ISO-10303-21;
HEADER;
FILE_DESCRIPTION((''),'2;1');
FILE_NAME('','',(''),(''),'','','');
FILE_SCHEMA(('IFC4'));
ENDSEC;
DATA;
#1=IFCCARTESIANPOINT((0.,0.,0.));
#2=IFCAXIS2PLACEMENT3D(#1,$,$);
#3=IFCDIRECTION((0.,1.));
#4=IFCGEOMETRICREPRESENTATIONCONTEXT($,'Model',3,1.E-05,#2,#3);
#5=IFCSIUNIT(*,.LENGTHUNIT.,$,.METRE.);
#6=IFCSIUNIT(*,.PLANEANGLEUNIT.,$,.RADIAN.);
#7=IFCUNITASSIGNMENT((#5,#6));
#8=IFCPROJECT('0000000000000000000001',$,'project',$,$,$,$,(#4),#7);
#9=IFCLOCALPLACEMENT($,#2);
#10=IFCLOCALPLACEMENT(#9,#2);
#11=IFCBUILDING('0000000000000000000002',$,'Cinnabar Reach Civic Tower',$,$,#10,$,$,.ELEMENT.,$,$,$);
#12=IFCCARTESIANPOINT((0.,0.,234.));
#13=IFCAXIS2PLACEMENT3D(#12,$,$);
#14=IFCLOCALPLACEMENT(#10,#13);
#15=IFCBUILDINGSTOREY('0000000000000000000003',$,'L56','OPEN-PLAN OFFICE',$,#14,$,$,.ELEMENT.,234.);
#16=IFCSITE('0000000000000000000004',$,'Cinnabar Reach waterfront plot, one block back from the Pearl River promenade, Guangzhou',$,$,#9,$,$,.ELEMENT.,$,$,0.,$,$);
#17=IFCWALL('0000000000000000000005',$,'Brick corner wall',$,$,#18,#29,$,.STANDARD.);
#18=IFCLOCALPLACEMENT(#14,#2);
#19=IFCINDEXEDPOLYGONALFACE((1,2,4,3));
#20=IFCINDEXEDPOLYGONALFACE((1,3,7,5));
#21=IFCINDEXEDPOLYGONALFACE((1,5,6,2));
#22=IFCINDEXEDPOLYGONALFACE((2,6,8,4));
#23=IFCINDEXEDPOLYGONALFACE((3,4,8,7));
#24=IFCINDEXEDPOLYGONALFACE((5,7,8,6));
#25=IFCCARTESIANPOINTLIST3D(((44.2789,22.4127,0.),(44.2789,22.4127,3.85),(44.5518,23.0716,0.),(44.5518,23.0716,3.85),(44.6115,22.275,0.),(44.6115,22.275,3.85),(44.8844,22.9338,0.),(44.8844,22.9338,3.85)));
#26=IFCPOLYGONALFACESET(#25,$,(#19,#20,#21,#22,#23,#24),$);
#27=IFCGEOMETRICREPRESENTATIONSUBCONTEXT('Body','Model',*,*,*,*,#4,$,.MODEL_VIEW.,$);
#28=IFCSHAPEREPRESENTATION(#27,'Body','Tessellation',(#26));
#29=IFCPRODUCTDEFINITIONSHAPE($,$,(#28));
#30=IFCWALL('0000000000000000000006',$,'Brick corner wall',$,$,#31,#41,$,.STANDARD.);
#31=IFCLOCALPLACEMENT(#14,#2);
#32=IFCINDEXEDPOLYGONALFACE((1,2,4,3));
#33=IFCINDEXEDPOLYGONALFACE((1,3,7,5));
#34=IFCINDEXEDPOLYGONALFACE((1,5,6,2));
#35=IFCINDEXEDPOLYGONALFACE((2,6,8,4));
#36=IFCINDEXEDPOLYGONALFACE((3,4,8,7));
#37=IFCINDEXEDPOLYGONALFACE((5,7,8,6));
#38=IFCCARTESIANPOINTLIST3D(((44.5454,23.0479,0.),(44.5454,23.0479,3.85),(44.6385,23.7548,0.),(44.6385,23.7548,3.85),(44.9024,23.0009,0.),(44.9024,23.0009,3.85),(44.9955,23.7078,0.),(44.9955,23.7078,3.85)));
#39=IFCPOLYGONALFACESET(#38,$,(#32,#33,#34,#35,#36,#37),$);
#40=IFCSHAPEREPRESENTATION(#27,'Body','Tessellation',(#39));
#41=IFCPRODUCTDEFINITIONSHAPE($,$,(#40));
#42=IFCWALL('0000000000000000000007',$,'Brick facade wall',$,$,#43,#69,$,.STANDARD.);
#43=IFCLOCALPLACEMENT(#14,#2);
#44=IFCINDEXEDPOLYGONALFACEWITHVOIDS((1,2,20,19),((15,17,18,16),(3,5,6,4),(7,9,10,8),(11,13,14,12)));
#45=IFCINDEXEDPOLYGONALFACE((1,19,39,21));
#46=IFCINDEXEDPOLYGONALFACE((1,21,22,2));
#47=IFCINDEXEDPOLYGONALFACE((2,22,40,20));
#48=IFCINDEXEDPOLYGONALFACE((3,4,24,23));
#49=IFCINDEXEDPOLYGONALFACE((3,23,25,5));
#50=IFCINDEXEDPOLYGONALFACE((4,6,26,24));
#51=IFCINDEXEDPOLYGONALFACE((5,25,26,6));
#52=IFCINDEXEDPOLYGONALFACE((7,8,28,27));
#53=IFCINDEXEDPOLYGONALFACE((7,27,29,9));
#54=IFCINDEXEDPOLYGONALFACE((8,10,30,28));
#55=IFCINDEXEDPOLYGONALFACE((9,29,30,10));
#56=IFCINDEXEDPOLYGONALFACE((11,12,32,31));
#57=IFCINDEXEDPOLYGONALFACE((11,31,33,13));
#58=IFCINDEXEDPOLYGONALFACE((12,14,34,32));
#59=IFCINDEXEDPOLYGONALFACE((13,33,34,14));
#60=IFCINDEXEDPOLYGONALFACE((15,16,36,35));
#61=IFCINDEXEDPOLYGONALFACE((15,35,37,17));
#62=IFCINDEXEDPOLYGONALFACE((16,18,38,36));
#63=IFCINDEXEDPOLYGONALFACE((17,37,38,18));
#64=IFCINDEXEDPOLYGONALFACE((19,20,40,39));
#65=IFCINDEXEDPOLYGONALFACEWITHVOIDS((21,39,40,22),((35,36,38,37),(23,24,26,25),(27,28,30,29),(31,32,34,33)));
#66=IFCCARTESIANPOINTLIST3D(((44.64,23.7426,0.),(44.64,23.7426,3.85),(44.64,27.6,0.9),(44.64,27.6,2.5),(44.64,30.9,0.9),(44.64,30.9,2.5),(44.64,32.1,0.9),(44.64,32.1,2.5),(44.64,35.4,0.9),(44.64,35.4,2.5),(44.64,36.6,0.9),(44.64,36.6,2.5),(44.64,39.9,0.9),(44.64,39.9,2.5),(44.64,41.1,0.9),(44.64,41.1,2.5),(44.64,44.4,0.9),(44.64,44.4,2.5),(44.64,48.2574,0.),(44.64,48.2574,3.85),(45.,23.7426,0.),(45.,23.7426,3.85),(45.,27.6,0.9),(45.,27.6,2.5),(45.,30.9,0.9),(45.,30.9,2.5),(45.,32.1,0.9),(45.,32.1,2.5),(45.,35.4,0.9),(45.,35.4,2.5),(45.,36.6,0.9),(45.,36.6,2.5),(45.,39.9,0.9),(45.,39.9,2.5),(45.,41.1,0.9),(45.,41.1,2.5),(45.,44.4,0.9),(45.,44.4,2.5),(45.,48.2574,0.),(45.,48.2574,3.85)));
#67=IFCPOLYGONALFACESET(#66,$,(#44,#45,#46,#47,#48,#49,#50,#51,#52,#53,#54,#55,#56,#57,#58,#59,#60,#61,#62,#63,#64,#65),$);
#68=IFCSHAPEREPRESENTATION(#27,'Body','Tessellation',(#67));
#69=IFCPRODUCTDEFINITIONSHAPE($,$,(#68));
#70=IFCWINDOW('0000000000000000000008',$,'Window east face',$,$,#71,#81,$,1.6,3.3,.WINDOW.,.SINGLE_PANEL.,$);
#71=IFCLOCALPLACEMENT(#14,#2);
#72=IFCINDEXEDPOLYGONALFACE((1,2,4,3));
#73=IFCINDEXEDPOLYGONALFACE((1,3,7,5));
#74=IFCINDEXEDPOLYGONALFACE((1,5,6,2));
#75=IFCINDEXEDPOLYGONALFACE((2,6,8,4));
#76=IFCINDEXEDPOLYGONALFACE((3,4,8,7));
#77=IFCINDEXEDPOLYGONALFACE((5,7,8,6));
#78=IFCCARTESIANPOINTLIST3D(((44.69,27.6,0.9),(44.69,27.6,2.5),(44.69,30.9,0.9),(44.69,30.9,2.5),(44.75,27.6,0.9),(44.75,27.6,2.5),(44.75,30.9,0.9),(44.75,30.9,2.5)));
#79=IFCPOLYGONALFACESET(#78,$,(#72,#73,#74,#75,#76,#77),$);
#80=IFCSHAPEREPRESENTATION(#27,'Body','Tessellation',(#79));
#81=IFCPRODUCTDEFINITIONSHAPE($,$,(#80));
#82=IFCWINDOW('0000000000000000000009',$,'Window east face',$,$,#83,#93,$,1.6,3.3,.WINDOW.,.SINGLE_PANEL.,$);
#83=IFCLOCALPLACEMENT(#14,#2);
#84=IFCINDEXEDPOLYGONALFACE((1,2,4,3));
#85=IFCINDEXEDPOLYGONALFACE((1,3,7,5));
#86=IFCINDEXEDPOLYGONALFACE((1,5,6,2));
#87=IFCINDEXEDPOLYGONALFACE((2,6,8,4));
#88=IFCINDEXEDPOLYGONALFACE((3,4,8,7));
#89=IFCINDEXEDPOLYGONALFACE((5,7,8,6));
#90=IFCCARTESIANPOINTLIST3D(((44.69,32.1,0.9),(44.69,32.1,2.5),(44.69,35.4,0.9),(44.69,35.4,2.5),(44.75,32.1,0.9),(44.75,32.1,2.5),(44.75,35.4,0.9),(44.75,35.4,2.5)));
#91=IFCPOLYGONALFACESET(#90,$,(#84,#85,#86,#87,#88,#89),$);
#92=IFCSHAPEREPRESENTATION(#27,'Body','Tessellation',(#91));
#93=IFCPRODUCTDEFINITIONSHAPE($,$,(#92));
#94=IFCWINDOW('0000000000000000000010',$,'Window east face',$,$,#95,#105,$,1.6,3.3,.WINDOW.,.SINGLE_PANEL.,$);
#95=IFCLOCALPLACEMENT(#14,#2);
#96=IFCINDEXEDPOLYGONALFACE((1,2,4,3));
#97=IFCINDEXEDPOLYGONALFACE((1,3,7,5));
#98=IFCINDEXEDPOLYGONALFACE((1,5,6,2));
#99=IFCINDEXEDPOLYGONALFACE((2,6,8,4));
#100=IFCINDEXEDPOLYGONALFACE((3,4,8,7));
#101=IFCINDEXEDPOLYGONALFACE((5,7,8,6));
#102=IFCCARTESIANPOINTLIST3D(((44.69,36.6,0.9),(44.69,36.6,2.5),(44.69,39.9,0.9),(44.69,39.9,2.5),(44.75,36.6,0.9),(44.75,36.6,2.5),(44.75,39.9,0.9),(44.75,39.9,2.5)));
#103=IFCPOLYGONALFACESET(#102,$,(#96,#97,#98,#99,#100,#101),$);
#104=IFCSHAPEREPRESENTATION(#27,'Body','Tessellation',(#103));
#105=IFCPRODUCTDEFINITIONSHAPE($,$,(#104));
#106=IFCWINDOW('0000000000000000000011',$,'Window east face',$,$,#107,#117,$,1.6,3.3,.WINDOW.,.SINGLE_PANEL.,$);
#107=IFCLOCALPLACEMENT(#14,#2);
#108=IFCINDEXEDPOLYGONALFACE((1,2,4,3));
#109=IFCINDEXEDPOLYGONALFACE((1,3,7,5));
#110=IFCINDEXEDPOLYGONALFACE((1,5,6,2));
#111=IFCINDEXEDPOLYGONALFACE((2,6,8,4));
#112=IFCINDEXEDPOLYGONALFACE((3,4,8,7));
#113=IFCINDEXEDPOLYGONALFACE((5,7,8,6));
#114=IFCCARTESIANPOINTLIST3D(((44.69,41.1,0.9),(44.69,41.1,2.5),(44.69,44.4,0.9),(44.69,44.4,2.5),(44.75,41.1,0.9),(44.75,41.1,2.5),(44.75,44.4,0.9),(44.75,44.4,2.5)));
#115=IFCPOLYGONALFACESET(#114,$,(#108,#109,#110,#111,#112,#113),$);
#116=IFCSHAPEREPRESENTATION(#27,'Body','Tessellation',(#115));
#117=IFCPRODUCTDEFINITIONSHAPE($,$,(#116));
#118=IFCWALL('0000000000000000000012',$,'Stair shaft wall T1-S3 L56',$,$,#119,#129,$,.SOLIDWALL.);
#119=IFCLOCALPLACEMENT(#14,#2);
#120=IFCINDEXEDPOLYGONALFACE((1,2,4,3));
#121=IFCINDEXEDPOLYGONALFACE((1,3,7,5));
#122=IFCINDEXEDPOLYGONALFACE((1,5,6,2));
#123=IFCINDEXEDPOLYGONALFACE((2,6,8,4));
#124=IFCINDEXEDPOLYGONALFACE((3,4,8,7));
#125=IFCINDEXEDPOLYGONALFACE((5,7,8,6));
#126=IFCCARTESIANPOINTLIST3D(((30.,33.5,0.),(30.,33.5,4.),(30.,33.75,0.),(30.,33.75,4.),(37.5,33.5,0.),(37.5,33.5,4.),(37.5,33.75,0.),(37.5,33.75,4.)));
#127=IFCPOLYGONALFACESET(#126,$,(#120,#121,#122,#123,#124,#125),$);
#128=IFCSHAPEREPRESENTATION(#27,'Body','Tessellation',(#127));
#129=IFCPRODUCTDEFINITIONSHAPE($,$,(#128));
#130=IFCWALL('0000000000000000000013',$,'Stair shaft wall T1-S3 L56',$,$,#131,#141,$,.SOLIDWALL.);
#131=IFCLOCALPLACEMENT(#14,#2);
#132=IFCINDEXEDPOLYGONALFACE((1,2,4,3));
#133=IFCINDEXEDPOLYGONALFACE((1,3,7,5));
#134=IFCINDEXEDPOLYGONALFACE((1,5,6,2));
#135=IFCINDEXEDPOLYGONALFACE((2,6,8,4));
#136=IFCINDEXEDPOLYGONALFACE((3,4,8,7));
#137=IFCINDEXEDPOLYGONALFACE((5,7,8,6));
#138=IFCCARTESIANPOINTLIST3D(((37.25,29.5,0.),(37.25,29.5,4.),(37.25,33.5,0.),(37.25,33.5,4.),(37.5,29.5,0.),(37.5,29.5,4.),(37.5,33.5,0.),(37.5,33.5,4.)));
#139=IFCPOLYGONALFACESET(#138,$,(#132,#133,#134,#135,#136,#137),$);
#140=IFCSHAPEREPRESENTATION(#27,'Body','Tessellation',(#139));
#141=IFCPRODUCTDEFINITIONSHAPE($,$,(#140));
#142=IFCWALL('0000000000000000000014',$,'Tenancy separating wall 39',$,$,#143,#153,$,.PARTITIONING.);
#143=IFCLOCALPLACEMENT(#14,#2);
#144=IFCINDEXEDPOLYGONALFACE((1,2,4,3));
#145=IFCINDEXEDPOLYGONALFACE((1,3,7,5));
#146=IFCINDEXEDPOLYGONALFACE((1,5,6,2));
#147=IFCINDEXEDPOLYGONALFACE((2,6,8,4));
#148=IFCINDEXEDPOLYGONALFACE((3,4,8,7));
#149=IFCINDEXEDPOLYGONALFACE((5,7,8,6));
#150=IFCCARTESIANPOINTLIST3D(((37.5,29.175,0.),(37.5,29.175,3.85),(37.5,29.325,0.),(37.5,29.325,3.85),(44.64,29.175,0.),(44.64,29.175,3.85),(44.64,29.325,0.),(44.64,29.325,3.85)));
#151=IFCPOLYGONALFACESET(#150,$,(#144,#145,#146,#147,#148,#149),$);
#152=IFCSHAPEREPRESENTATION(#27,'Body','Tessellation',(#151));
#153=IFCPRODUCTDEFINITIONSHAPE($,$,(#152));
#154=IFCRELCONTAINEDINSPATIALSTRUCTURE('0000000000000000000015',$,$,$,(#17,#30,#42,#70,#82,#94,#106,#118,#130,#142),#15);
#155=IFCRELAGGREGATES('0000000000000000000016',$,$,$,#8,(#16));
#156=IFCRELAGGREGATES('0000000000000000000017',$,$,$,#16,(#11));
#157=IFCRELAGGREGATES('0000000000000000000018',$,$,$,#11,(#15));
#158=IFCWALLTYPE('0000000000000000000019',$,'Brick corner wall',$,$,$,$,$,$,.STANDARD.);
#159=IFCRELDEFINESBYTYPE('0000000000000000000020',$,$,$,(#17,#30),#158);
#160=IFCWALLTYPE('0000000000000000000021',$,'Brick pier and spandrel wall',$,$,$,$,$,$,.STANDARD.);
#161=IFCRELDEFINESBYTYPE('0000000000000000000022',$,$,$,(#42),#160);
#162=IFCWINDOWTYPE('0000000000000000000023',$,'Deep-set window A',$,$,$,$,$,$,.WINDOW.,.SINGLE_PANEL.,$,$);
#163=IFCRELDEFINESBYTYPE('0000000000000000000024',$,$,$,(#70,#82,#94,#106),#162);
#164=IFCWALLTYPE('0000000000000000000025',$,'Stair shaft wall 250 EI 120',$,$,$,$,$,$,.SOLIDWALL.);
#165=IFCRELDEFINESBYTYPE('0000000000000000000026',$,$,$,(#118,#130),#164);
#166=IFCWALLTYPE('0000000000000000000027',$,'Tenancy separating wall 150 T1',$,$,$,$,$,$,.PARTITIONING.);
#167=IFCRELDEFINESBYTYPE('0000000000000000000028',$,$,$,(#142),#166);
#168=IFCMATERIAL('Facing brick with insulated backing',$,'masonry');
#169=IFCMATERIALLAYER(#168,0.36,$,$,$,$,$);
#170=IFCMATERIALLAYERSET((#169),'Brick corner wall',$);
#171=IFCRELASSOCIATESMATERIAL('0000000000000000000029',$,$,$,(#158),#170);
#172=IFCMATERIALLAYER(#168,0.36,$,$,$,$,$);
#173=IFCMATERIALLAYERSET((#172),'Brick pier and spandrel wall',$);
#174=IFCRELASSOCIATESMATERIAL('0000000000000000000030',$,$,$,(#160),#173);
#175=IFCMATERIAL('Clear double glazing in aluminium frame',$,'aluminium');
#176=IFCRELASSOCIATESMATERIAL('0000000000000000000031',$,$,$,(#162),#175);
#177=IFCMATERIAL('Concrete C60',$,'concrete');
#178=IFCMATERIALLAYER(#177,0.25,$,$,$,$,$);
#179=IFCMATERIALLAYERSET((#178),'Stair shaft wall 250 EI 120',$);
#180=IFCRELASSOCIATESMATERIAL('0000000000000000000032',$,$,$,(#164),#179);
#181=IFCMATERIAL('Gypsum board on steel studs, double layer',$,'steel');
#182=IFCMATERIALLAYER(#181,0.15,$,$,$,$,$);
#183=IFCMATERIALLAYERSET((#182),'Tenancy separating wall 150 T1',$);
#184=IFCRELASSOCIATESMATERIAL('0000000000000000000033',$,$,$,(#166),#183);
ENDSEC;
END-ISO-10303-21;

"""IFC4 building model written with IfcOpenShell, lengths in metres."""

from ifc_helpers import new_model, si_unit, direction, frame, frame_2d, origin, place, context, subcontext, project, spatial, rectangle, extrude, material, layer, layer_set, type_object, element, fill, save


model = new_model("IFC4")

# Units and contexts
model_context = context("Model", 3, precision=1e-05, world=origin(), true_north=direction((0.0, 1.0)))
body_context = subcontext(model_context, "Body", "Model", "MODEL_VIEW")
ifc_project = project(units=[si_unit("LENGTHUNIT", "METRE"), si_unit("PLANEANGLEUNIT", "RADIAN")], contexts=[model_context])

# Site, building, storey
site_placement = place(None, origin())
site = spatial("IfcSite", under=ifc_project, at=site_placement, Name="Cinnabar Reach waterfront plot, one block back from the Pearl River promenade, Guangzhou", CompositionType="ELEMENT", RefElevation=0.0)
building_placement = place(site_placement, origin())
building = spatial("IfcBuilding", under=site, at=building_placement, Name="Cinnabar Reach Civic Tower", CompositionType="ELEMENT")
storey_placement = place(building_placement, frame((0.0, 0.0, 234.0)))
storey = spatial("IfcBuildingStorey", under=building, at=storey_placement, Name="L56", Description="OPEN-PLAN OFFICE", CompositionType="ELEMENT", Elevation=234.0)

# Shared definitions
ifc_material_1 = material(Name="Concrete C60", Category="concrete")

# Walls
ifc_material_2 = material(Name="Facing brick with insulated backing", Category="masonry")
ifc_layer_1 = layer(ifc_material_2, 0.36)
ifc_layer_set_1 = layer_set([ifc_layer_1], Name="Brick corner wall")
wall_type_1 = type_object("IfcWallType", Name="Brick corner wall", PredefinedType="STANDARD", material=ifc_layer_set_1)
for number, where, z_axis, x_axis, name in (
    (1, (44.4452, 22.3439, 0.0), (0.0, 0.0, 1.0), (0.382703, 0.923872, 0.0), "Brick corner wall"),
    (2, (44.7239, 23.0244, 0.0), (0.0, 0.0, 1.0), (0.130556, 0.991441, 0.0), "Brick corner wall"),
):
    element("IfcWall", number, at=place(storey_placement, frame(where, z_axis=z_axis, x_axis=x_axis)), inside=storey, type_object=wall_type_1, Name=name, PredefinedType="STANDARD", context=body_context, shape_type="SweptSolid", body=[
        extrude(rectangle(XDim=0.7131, YDim=0.36, at=frame_2d((0.3565, 0.0))), origin(), (0.0, 0.0, 1.0), 3.85),
    ])

# Wall, openings, windows
ifc_layer_2 = layer(ifc_material_2, 0.36)
ifc_layer_set_2 = layer_set([ifc_layer_2], Name="Brick pier and spandrel wall")
wall_type_2 = type_object("IfcWallType", Name="Brick pier and spandrel wall", PredefinedType="STANDARD", material=ifc_layer_set_2)
wall_1_placement = place(storey_placement, frame((44.82, 23.7426, 0.0), z_axis=(0.0, 0.0, 1.0), x_axis=(0.0, 1.0, 0.0)))
wall_1 = element("IfcWall", 3, at=wall_1_placement, inside=storey, type_object=wall_type_2, Name="Brick facade wall", PredefinedType="STANDARD", context=body_context, shape_type="SweptSolid", body=[
    extrude(rectangle(XDim=24.5148, YDim=0.36, at=frame_2d((12.2574, 0.0))), origin(), (0.0, 0.0, 1.0), 3.85),
])
opening_1_placement = place(wall_1_placement, frame((3.8574, 0.0, 0.9)))
opening_1 = element("IfcOpeningElement", 4, at=opening_1_placement, cuts=wall_1, PredefinedType="OPENING", context=body_context, shape_type="SweptSolid", body=[
    extrude(rectangle(XDim=3.3, YDim=1.6, at=frame_2d((1.65, 0.8))), frame((0.0, 0.19, 0.0), z_axis=(0.0, -1.0, 0.0), x_axis=(1.0, 0.0, 0.0)), (0.0, 0.0, 1.0), 0.38),
])
opening_2_placement = place(wall_1_placement, frame((8.3574, 0.0, 0.9)))
opening_2 = element("IfcOpeningElement", 5, at=opening_2_placement, cuts=wall_1, PredefinedType="OPENING", context=body_context, shape_type="SweptSolid", body=[
    extrude(rectangle(XDim=3.3, YDim=1.6, at=frame_2d((1.65, 0.8))), frame((0.0, 0.19, 0.0), z_axis=(0.0, -1.0, 0.0), x_axis=(1.0, 0.0, 0.0)), (0.0, 0.0, 1.0), 0.38),
])
opening_3_placement = place(wall_1_placement, frame((12.8574, 0.0, 0.9)))
opening_3 = element("IfcOpeningElement", 6, at=opening_3_placement, cuts=wall_1, PredefinedType="OPENING", context=body_context, shape_type="SweptSolid", body=[
    extrude(rectangle(XDim=3.3, YDim=1.6, at=frame_2d((1.65, 0.8))), frame((0.0, 0.19, 0.0), z_axis=(0.0, -1.0, 0.0), x_axis=(1.0, 0.0, 0.0)), (0.0, 0.0, 1.0), 0.38),
])
opening_4_placement = place(wall_1_placement, frame((17.3574, 0.0, 0.9)))
opening_4 = element("IfcOpeningElement", 7, at=opening_4_placement, cuts=wall_1, PredefinedType="OPENING", context=body_context, shape_type="SweptSolid", body=[
    extrude(rectangle(XDim=3.3, YDim=1.6, at=frame_2d((1.65, 0.8))), frame((0.0, 0.19, 0.0), z_axis=(0.0, -1.0, 0.0), x_axis=(1.0, 0.0, 0.0)), (0.0, 0.0, 1.0), 0.38),
])
ifc_material_3 = material(Name="Clear double glazing in aluminium frame", Category="aluminium")
window_type = type_object("IfcWindowType", Name="Deep-set window A", PartitioningType="SINGLE_PANEL", PredefinedType="WINDOW", material=ifc_material_3)
window_1_placement = place(opening_1_placement, origin())
window_1 = element("IfcWindow", 8, at=window_1_placement, inside=storey, type_object=window_type, Name="Window east face", OverallHeight=1.6, OverallWidth=3.3, PartitioningType="SINGLE_PANEL", PredefinedType="WINDOW", context=body_context, shape_type="SweptSolid", body=[
    extrude(rectangle(XDim=3.3, YDim=1.6, at=frame_2d((1.65, 0.8))), frame((0.0, 0.13, 0.0), z_axis=(0.0, -1.0, 0.0), x_axis=(1.0, 0.0, 0.0)), (0.0, 0.0, 1.0), 0.06),
])
fill(opening_1, window_1)
window_2_placement = place(opening_2_placement, origin())
window_2 = element("IfcWindow", 9, at=window_2_placement, inside=storey, type_object=window_type, Name="Window east face", OverallHeight=1.6, OverallWidth=3.3, PartitioningType="SINGLE_PANEL", PredefinedType="WINDOW", context=body_context, shape_type="SweptSolid", body=[
    extrude(rectangle(XDim=3.3, YDim=1.6, at=frame_2d((1.65, 0.8))), frame((0.0, 0.13, 0.0), z_axis=(0.0, -1.0, 0.0), x_axis=(1.0, 0.0, 0.0)), (0.0, 0.0, 1.0), 0.06),
])
fill(opening_2, window_2)
window_3_placement = place(opening_3_placement, origin())
window_3 = element("IfcWindow", 10, at=window_3_placement, inside=storey, type_object=window_type, Name="Window east face", OverallHeight=1.6, OverallWidth=3.3, PartitioningType="SINGLE_PANEL", PredefinedType="WINDOW", context=body_context, shape_type="SweptSolid", body=[
    extrude(rectangle(XDim=3.3, YDim=1.6, at=frame_2d((1.65, 0.8))), frame((0.0, 0.13, 0.0), z_axis=(0.0, -1.0, 0.0), x_axis=(1.0, 0.0, 0.0)), (0.0, 0.0, 1.0), 0.06),
])
fill(opening_3, window_3)
window_4_placement = place(opening_4_placement, origin())
window_4 = element("IfcWindow", 11, at=window_4_placement, inside=storey, type_object=window_type, Name="Window east face", OverallHeight=1.6, OverallWidth=3.3, PartitioningType="SINGLE_PANEL", PredefinedType="WINDOW", context=body_context, shape_type="SweptSolid", body=[
    extrude(rectangle(XDim=3.3, YDim=1.6, at=frame_2d((1.65, 0.8))), frame((0.0, 0.13, 0.0), z_axis=(0.0, -1.0, 0.0), x_axis=(1.0, 0.0, 0.0)), (0.0, 0.0, 1.0), 0.06),
])
fill(opening_4, window_4)

# Walls
ifc_layer_3 = layer(ifc_material_1, 0.25)
ifc_layer_set_3 = layer_set([ifc_layer_3], Name="Stair shaft wall 250 EI 120")
wall_type_3 = type_object("IfcWallType", Name="Stair shaft wall 250 EI 120", PredefinedType="SOLIDWALL", material=ifc_layer_set_3)
wall_2_placement = place(storey_placement, frame((37.5, 33.625, 0.0), z_axis=(0.0, 0.0, 1.0), x_axis=(-1.0, 0.0, 0.0)))
element("IfcWall", 12, at=wall_2_placement, inside=storey, type_object=wall_type_3, Name="Stair shaft wall T1-S3 L56", PredefinedType="SOLIDWALL", context=body_context, shape_type="SweptSolid", body=[
    extrude(rectangle(XDim=7.5, YDim=0.25, at=frame_2d((3.75, 0.0))), origin(), (0.0, 0.0, 1.0), 4.0),
])
wall_3_placement = place(storey_placement, frame((37.375, 29.5, 0.0), z_axis=(0.0, 0.0, 1.0), x_axis=(0.0, 1.0, 0.0)))
element("IfcWall", 13, at=wall_3_placement, inside=storey, type_object=wall_type_3, Name="Stair shaft wall T1-S3 L56", PredefinedType="SOLIDWALL", context=body_context, shape_type="SweptSolid", body=[
    extrude(rectangle(XDim=4.0, YDim=0.25, at=frame_2d((2.0, 0.0))), origin(), (0.0, 0.0, 1.0), 4.0),
])
ifc_material_4 = material(Name="Gypsum board on steel studs, double layer", Category="steel")
ifc_layer_4 = layer(ifc_material_4, 0.15)
ifc_layer_set_4 = layer_set([ifc_layer_4], Name="Tenancy separating wall 150 T1")
wall_type_4 = type_object("IfcWallType", Name="Tenancy separating wall 150 T1", PredefinedType="PARTITIONING", material=ifc_layer_set_4)
wall_4_placement = place(storey_placement, frame((37.5, 29.25, 0.0), z_axis=(0.0, 0.0, 1.0), x_axis=(1.0, 0.0, 0.0)))
element("IfcWall", 14, at=wall_4_placement, inside=storey, type_object=wall_type_4, Name="Tenancy separating wall 39", PredefinedType="PARTITIONING", context=body_context, shape_type="SweptSolid", body=[
    extrude(rectangle(XDim=7.14, YDim=0.15, at=frame_2d((3.57, 0.0))), origin(), (0.0, 0.0, 1.0), 3.85),
])

save(model, "model.ifc")
